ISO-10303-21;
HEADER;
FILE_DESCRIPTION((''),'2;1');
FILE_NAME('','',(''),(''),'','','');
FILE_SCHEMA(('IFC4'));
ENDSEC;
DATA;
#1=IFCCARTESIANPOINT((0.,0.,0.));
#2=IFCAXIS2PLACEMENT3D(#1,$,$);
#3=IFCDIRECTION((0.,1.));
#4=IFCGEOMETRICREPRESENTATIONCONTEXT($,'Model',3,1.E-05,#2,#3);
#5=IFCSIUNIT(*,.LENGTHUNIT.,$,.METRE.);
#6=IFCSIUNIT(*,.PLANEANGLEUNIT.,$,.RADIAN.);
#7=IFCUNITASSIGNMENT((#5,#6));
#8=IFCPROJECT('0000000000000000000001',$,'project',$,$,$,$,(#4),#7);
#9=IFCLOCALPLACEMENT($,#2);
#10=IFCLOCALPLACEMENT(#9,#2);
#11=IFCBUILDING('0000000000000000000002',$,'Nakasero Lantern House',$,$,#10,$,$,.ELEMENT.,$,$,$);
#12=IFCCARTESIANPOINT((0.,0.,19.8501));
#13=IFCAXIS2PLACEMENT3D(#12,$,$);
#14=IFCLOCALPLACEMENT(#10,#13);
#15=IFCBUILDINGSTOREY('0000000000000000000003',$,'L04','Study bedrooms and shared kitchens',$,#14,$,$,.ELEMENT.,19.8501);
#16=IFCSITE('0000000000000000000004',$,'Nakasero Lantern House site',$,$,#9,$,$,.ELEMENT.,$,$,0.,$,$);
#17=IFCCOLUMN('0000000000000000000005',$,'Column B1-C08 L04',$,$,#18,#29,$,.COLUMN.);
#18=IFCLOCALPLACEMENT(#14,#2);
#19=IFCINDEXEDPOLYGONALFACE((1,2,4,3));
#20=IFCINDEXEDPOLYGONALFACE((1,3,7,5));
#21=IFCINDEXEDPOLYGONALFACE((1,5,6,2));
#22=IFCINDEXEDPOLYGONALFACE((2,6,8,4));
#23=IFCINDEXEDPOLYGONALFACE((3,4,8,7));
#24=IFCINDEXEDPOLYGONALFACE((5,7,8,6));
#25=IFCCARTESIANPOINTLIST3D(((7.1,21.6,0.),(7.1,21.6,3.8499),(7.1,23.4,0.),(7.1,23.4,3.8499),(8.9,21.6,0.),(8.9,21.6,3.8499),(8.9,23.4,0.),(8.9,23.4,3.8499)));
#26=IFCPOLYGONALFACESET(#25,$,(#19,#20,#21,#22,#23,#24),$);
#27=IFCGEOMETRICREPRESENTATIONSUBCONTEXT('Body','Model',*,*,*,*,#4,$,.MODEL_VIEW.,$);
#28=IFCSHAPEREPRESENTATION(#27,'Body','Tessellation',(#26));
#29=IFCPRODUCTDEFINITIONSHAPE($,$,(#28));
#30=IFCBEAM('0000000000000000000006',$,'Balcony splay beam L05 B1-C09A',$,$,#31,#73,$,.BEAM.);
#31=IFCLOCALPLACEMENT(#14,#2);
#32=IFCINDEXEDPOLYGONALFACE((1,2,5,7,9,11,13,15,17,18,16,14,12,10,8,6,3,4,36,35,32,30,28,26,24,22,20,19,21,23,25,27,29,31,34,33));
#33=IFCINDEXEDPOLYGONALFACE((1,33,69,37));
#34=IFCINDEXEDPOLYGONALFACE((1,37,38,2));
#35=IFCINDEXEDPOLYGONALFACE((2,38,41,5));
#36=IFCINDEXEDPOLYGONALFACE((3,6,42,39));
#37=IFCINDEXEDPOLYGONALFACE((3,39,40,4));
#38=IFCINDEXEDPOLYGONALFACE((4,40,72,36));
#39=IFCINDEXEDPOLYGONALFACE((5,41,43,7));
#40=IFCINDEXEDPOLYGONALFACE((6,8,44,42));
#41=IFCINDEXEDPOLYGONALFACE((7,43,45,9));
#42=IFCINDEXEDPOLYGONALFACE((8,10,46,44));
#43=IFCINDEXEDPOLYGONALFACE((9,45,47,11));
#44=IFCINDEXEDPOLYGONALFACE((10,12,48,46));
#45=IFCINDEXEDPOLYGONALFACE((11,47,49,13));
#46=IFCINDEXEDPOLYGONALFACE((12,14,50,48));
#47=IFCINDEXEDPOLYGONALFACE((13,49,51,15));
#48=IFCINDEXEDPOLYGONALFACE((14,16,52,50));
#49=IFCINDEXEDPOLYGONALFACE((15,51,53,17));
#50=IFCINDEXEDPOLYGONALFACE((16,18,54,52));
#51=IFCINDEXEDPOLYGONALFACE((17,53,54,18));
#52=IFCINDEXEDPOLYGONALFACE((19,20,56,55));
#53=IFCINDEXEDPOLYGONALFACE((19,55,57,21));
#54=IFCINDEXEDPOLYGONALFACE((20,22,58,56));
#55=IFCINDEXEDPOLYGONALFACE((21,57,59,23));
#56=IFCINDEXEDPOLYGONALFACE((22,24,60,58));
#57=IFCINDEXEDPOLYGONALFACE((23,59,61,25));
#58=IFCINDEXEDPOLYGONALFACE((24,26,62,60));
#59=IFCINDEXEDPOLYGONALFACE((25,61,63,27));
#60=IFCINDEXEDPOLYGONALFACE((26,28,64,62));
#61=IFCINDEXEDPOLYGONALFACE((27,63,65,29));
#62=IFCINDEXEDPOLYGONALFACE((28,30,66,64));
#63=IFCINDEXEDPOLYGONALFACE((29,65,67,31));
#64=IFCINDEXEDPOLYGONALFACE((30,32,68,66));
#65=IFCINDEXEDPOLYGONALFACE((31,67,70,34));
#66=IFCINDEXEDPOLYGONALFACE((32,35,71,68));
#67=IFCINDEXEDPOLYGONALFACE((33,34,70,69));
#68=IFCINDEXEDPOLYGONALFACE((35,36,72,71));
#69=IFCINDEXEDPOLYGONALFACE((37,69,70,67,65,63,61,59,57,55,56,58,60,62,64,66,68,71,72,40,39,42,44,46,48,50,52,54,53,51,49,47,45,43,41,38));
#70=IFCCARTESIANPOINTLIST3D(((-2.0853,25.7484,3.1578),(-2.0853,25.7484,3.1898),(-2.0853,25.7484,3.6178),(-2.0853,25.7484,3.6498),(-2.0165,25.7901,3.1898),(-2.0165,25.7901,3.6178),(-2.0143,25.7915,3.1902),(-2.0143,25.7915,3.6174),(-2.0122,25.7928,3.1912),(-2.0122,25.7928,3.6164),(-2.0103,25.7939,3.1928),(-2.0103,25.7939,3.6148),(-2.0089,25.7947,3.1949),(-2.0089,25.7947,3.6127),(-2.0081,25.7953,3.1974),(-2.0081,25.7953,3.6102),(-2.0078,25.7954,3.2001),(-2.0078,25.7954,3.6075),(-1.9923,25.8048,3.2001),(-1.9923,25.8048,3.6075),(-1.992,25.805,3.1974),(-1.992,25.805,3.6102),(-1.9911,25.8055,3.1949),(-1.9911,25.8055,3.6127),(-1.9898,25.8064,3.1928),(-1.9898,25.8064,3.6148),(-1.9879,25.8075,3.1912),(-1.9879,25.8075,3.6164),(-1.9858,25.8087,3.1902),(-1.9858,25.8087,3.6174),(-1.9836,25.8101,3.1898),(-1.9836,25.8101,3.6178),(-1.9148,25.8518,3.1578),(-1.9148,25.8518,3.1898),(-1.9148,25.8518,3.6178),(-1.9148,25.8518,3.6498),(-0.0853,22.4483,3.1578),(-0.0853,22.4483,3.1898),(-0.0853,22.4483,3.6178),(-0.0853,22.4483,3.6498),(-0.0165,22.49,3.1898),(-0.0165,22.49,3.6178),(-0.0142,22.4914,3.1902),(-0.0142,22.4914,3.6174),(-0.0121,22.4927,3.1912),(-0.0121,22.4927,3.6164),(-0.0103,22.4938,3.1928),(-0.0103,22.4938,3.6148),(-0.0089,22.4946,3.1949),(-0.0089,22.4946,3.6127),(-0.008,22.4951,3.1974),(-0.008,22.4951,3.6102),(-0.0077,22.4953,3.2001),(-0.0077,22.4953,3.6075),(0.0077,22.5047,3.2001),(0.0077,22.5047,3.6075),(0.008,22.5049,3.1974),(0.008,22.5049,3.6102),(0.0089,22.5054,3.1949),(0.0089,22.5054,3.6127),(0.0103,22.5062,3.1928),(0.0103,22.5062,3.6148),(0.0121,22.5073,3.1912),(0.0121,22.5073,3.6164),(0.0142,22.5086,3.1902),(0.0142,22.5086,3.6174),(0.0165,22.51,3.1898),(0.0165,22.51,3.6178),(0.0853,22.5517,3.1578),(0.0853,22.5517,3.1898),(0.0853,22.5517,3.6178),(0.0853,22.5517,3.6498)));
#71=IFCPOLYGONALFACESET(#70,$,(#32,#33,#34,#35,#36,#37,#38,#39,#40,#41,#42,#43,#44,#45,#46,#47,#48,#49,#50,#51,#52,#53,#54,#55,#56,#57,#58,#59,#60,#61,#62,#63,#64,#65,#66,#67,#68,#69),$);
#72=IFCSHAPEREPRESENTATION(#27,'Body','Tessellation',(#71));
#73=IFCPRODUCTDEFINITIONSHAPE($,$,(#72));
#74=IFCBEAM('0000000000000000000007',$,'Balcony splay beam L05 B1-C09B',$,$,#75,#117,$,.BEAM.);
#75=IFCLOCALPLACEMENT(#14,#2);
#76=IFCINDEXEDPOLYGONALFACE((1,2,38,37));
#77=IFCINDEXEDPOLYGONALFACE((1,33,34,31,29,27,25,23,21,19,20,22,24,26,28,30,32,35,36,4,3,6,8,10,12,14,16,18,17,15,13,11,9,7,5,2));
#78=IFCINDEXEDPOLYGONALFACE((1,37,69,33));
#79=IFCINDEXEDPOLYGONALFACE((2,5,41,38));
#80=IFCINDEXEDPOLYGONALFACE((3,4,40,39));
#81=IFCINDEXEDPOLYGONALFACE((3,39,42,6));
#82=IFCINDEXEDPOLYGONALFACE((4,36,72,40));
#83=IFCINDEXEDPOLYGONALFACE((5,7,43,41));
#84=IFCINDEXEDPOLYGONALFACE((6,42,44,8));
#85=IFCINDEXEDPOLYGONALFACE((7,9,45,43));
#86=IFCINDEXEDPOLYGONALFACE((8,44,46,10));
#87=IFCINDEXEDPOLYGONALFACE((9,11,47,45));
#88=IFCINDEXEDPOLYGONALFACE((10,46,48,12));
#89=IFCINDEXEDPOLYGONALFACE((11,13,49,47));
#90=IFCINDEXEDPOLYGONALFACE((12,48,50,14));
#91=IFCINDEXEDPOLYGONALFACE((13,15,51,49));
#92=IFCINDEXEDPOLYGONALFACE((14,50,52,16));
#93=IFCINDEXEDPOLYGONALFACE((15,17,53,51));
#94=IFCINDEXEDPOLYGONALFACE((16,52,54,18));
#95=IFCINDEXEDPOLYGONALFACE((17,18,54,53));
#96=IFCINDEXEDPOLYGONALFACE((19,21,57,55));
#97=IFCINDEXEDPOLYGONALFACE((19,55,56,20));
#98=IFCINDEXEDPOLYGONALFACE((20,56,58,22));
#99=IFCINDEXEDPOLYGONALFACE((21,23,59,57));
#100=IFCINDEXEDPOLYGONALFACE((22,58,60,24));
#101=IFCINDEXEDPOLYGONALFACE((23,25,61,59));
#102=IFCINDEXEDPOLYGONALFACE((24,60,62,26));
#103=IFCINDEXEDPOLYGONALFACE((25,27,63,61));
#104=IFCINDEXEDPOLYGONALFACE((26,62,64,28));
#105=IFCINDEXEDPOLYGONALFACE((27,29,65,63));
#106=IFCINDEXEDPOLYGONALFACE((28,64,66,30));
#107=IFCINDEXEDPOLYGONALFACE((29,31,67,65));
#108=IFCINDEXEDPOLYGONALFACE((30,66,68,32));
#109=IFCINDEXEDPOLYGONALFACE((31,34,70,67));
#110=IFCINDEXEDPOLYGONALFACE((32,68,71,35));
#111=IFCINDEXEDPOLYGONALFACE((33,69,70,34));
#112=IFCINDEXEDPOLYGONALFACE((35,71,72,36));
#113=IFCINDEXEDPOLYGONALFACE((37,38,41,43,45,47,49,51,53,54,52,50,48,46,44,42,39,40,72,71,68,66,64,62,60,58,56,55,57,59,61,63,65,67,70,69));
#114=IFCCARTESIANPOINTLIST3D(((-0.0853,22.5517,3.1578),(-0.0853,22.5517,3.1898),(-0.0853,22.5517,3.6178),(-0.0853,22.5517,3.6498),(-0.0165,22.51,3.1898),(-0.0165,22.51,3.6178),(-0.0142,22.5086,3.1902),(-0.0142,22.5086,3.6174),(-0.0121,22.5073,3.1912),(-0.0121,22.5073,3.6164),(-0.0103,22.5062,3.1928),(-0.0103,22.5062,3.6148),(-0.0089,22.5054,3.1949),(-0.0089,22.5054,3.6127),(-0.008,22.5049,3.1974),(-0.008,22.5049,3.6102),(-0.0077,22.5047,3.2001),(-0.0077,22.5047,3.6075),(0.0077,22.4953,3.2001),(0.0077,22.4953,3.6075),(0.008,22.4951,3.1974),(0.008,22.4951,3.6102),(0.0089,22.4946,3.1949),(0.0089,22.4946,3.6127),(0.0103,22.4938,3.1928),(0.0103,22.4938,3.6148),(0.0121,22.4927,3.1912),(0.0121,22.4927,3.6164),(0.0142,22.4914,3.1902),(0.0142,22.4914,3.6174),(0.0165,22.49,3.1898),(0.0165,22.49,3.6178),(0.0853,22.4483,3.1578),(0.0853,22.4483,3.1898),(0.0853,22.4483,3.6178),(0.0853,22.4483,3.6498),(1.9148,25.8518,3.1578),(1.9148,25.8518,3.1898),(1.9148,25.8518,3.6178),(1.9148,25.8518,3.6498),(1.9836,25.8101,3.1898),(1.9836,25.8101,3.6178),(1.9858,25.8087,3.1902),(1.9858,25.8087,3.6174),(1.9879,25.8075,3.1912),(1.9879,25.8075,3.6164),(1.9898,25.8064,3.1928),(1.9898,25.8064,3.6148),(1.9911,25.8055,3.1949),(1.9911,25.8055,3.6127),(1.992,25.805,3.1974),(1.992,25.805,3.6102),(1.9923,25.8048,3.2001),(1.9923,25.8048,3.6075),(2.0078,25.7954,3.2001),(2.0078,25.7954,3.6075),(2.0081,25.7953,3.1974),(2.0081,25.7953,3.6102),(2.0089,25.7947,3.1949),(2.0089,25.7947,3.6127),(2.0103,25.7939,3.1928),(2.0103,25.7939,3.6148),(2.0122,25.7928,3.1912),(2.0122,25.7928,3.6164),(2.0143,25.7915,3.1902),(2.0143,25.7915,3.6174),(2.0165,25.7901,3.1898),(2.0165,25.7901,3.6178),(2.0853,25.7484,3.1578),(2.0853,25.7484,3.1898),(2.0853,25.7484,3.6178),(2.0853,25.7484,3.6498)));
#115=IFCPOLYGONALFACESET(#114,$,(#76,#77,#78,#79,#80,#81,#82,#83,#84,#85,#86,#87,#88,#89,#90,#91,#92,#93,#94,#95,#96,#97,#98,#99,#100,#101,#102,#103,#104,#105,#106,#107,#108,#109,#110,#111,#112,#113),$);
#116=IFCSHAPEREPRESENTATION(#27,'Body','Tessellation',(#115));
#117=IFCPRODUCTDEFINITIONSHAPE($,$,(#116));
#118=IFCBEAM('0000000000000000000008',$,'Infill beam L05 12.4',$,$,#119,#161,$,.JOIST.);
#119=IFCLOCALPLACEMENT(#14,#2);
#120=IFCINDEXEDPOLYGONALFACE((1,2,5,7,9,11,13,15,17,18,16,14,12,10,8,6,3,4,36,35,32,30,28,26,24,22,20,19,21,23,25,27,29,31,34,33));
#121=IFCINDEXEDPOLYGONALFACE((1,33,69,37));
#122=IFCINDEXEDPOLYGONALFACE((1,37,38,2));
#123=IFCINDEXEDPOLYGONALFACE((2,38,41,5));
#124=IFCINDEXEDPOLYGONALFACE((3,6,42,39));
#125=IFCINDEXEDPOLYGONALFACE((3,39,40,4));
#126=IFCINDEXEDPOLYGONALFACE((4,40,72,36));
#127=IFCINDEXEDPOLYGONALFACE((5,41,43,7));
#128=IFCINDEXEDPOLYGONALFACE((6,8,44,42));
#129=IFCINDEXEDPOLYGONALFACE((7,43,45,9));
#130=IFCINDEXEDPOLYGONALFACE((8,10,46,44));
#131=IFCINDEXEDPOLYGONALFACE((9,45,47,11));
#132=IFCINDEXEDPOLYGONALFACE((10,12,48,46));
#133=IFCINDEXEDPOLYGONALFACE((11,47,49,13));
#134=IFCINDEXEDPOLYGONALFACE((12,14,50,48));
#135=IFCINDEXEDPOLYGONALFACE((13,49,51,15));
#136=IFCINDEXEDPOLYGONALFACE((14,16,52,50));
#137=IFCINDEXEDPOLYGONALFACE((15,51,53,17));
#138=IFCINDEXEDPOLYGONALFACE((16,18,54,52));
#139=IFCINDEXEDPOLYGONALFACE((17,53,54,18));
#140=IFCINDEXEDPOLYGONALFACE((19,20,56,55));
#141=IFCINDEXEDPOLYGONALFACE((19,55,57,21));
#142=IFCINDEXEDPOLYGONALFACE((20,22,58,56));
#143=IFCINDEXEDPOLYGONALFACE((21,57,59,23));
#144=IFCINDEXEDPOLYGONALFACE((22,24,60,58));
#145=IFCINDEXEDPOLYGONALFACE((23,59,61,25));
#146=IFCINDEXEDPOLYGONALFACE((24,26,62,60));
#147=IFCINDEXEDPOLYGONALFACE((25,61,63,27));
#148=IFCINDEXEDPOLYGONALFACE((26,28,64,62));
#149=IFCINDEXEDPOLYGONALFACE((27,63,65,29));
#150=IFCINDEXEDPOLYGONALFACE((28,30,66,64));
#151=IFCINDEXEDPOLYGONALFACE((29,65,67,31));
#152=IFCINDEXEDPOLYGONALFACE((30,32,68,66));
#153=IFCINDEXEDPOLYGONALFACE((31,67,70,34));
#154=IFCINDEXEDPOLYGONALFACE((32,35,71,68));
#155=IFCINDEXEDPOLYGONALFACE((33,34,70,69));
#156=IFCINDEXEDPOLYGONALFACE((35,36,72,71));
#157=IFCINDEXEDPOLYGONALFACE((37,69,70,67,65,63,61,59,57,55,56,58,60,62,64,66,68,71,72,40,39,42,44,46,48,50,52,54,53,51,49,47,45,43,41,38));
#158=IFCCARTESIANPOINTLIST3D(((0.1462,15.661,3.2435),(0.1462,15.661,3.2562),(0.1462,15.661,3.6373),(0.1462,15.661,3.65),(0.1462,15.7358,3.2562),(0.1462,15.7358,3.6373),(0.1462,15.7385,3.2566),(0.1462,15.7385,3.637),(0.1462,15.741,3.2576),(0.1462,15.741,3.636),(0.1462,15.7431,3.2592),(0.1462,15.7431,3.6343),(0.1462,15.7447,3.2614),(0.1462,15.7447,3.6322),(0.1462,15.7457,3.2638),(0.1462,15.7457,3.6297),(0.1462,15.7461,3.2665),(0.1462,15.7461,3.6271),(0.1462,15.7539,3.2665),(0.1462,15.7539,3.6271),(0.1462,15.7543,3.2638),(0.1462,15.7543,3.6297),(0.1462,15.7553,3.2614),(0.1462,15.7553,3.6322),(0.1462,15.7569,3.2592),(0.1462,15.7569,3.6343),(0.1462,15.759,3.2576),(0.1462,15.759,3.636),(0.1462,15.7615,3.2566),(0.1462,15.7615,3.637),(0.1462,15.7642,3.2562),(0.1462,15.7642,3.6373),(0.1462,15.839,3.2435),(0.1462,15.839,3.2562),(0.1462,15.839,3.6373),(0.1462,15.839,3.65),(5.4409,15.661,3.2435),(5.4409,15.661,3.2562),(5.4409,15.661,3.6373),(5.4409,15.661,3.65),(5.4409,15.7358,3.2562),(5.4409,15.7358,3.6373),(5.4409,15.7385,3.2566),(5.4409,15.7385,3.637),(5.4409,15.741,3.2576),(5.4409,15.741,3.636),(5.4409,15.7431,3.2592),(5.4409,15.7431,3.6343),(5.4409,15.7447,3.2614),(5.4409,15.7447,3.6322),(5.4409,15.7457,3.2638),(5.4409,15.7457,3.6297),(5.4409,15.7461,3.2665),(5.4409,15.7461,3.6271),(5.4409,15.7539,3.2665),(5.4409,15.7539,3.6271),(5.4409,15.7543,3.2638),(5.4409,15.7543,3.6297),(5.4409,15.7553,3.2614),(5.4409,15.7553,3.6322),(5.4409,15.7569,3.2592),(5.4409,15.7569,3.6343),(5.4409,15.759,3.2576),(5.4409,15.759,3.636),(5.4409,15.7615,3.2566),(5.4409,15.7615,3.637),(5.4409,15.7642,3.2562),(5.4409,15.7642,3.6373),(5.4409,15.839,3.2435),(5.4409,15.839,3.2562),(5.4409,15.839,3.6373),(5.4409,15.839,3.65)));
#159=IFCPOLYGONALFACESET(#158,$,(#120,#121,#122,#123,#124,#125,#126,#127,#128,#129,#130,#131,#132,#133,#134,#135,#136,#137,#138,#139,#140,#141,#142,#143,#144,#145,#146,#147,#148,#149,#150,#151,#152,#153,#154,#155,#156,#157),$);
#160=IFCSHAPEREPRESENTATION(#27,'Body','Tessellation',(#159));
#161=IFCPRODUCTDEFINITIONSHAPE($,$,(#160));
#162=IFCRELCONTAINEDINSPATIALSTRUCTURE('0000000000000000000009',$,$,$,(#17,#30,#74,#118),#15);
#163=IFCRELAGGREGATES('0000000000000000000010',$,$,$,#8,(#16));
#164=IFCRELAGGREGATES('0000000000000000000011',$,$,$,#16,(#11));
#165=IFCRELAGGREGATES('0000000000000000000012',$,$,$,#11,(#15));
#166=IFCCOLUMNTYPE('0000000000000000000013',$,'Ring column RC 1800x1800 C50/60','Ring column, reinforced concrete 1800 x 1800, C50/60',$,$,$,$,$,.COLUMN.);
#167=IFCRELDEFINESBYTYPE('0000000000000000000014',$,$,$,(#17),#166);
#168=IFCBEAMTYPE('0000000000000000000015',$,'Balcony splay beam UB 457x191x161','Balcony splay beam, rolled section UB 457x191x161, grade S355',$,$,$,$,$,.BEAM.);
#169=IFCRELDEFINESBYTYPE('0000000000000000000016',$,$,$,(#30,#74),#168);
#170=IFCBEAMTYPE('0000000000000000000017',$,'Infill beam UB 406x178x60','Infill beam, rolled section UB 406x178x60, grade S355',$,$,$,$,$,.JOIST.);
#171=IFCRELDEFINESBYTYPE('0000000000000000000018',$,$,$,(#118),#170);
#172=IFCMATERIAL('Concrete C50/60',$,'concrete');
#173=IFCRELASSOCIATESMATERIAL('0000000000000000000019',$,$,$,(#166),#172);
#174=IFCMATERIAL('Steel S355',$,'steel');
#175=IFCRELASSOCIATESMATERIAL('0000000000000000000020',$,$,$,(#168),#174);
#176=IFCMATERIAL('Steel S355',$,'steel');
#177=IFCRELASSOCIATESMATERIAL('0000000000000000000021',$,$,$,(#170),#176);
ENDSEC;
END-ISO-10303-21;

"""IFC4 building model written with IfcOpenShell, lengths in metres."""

from ifc_helpers import new_model, si_unit, direction, frame, origin, origin_2d, place, context, subcontext, project, spatial, rectangle, i_section, extrude, material, material_profile, profile_set, type_object, element, save


model = new_model("IFC4")

# Units and contexts
model_context = context("Model", 3, precision=1e-05, world=origin(), true_north=direction((0.0, 1.0)))
body_context = subcontext(model_context, "Body", "Model", "MODEL_VIEW")
ifc_project = project(units=[si_unit("LENGTHUNIT", "METRE"), si_unit("PLANEANGLEUNIT", "RADIAN")], contexts=[model_context])

# Site, building, storey
site_placement = place(None, origin())
site = spatial("IfcSite", under=ifc_project, at=site_placement, Name="Nakasero Lantern House site", CompositionType="ELEMENT", RefElevation=0.0)
building_placement = place(site_placement, origin())
building = spatial("IfcBuilding", under=site, at=building_placement, Name="Nakasero Lantern House", CompositionType="ELEMENT")
storey_placement = place(building_placement, frame((0.0, 0.0, 19.8501)))
storey = spatial("IfcBuildingStorey", under=building, at=storey_placement, Name="L04", Description="Study bedrooms and shared kitchens", CompositionType="ELEMENT", Elevation=19.8501)

# Column
ifc_material_1 = material(Name="Concrete C50/60", Category="concrete")
ifc_material_profile_1 = material_profile(ifc_material_1, rectangle(XDim=1.8, YDim=1.8, at=origin_2d()), Name="RC 1800x1800")
ifc_profile_set_1 = profile_set([ifc_material_profile_1], Name="Concrete C50/60")
column_type = type_object("IfcColumnType", Name="Ring column RC 1800x1800 C50/60", Description="Ring column, reinforced concrete 1800 x 1800, C50/60", PredefinedType="COLUMN", material=ifc_profile_set_1)
column_placement = place(storey_placement, frame((8.0, 22.5, 0.0), z_axis=(0.0, 0.0, 1.0), x_axis=(1.0, 0.0, 0.0)))
element("IfcColumn", 1, at=column_placement, inside=storey, type_object=column_type, Name="Column B1-C08 L04", PredefinedType="COLUMN", context=body_context, shape_type="SweptSolid", body=[
    extrude(rectangle(XDim=1.8, YDim=1.8, at=origin_2d()), origin(), (0.0, 0.0, 1.0), 3.8499),
])

# Beams
ifc_material_2 = material(Name="Steel S355", Category="steel")
ifc_material_profile_2 = material_profile(ifc_material_2, i_section(OverallWidth=0.1995, OverallDepth=0.4919, WebThickness=0.0181, FlangeThickness=0.032, FilletRadius=0.0103, at=origin_2d()), Name="UB 457x191x161")
ifc_profile_set_2 = profile_set([ifc_material_profile_2], Name="Steel S355")
beam_type_1 = type_object("IfcBeamType", Name="Balcony splay beam UB 457x191x161", Description="Balcony splay beam, rolled section UB 457x191x161, grade S355", PredefinedType="BEAM", material=ifc_profile_set_2)
for number, where, z_axis, x_axis, name in (
    (2, (0.0, 22.5, 3.4038), (-0.518296, 0.855201, 0.0), (-0.855201, -0.518296, 0.0), "Balcony splay beam L05 B1-C09A"),
    (3, (0.0, 22.5, 3.4038), (0.518296, 0.855201, 0.0), (-0.855201, 0.518296, 0.0), "Balcony splay beam L05 B1-C09B"),
):
    element("IfcBeam", number, at=place(storey_placement, frame(where, z_axis=z_axis, x_axis=x_axis)), inside=storey, type_object=beam_type_1, Name=name, PredefinedType="BEAM", context=body_context, shape_type="SweptSolid", body=[
        extrude(i_section(OverallWidth=0.1995, OverallDepth=0.4919, WebThickness=0.0181, FlangeThickness=0.032, FilletRadius=0.0103, at=origin_2d()), origin(), (0.0, 0.0, 1.0), 3.8589),
    ])
ifc_material_3 = material(Name="Steel S355", Category="steel")
ifc_material_profile_3 = material_profile(ifc_material_3, i_section(OverallWidth=0.178, OverallDepth=0.4065, WebThickness=0.0078, FlangeThickness=0.0127, FilletRadius=0.0103, at=origin_2d()), Name="UB 406x178x60")
ifc_profile_set_3 = profile_set([ifc_material_profile_3], Name="Steel S355")
beam_type_2 = type_object("IfcBeamType", Name="Infill beam UB 406x178x60", Description="Infill beam, rolled section UB 406x178x60, grade S355", PredefinedType="JOIST", material=ifc_profile_set_3)
beam_1_placement = place(storey_placement, frame((0.1462, 15.75, 3.4468), z_axis=(1.0, 0.0, 0.0), x_axis=(0.0, 1.0, 0.0)))
element("IfcBeam", 4, at=beam_1_placement, inside=storey, type_object=beam_type_2, Name="Infill beam L05 12.4", PredefinedType="JOIST", context=body_context, shape_type="SweptSolid", body=[
    extrude(i_section(OverallWidth=0.178, OverallDepth=0.4065, WebThickness=0.0078, FlangeThickness=0.0127, FilletRadius=0.0103, at=origin_2d()), origin(), (0.0, 0.0, 1.0), 5.2947),
])

save(model, "model.ifc")
